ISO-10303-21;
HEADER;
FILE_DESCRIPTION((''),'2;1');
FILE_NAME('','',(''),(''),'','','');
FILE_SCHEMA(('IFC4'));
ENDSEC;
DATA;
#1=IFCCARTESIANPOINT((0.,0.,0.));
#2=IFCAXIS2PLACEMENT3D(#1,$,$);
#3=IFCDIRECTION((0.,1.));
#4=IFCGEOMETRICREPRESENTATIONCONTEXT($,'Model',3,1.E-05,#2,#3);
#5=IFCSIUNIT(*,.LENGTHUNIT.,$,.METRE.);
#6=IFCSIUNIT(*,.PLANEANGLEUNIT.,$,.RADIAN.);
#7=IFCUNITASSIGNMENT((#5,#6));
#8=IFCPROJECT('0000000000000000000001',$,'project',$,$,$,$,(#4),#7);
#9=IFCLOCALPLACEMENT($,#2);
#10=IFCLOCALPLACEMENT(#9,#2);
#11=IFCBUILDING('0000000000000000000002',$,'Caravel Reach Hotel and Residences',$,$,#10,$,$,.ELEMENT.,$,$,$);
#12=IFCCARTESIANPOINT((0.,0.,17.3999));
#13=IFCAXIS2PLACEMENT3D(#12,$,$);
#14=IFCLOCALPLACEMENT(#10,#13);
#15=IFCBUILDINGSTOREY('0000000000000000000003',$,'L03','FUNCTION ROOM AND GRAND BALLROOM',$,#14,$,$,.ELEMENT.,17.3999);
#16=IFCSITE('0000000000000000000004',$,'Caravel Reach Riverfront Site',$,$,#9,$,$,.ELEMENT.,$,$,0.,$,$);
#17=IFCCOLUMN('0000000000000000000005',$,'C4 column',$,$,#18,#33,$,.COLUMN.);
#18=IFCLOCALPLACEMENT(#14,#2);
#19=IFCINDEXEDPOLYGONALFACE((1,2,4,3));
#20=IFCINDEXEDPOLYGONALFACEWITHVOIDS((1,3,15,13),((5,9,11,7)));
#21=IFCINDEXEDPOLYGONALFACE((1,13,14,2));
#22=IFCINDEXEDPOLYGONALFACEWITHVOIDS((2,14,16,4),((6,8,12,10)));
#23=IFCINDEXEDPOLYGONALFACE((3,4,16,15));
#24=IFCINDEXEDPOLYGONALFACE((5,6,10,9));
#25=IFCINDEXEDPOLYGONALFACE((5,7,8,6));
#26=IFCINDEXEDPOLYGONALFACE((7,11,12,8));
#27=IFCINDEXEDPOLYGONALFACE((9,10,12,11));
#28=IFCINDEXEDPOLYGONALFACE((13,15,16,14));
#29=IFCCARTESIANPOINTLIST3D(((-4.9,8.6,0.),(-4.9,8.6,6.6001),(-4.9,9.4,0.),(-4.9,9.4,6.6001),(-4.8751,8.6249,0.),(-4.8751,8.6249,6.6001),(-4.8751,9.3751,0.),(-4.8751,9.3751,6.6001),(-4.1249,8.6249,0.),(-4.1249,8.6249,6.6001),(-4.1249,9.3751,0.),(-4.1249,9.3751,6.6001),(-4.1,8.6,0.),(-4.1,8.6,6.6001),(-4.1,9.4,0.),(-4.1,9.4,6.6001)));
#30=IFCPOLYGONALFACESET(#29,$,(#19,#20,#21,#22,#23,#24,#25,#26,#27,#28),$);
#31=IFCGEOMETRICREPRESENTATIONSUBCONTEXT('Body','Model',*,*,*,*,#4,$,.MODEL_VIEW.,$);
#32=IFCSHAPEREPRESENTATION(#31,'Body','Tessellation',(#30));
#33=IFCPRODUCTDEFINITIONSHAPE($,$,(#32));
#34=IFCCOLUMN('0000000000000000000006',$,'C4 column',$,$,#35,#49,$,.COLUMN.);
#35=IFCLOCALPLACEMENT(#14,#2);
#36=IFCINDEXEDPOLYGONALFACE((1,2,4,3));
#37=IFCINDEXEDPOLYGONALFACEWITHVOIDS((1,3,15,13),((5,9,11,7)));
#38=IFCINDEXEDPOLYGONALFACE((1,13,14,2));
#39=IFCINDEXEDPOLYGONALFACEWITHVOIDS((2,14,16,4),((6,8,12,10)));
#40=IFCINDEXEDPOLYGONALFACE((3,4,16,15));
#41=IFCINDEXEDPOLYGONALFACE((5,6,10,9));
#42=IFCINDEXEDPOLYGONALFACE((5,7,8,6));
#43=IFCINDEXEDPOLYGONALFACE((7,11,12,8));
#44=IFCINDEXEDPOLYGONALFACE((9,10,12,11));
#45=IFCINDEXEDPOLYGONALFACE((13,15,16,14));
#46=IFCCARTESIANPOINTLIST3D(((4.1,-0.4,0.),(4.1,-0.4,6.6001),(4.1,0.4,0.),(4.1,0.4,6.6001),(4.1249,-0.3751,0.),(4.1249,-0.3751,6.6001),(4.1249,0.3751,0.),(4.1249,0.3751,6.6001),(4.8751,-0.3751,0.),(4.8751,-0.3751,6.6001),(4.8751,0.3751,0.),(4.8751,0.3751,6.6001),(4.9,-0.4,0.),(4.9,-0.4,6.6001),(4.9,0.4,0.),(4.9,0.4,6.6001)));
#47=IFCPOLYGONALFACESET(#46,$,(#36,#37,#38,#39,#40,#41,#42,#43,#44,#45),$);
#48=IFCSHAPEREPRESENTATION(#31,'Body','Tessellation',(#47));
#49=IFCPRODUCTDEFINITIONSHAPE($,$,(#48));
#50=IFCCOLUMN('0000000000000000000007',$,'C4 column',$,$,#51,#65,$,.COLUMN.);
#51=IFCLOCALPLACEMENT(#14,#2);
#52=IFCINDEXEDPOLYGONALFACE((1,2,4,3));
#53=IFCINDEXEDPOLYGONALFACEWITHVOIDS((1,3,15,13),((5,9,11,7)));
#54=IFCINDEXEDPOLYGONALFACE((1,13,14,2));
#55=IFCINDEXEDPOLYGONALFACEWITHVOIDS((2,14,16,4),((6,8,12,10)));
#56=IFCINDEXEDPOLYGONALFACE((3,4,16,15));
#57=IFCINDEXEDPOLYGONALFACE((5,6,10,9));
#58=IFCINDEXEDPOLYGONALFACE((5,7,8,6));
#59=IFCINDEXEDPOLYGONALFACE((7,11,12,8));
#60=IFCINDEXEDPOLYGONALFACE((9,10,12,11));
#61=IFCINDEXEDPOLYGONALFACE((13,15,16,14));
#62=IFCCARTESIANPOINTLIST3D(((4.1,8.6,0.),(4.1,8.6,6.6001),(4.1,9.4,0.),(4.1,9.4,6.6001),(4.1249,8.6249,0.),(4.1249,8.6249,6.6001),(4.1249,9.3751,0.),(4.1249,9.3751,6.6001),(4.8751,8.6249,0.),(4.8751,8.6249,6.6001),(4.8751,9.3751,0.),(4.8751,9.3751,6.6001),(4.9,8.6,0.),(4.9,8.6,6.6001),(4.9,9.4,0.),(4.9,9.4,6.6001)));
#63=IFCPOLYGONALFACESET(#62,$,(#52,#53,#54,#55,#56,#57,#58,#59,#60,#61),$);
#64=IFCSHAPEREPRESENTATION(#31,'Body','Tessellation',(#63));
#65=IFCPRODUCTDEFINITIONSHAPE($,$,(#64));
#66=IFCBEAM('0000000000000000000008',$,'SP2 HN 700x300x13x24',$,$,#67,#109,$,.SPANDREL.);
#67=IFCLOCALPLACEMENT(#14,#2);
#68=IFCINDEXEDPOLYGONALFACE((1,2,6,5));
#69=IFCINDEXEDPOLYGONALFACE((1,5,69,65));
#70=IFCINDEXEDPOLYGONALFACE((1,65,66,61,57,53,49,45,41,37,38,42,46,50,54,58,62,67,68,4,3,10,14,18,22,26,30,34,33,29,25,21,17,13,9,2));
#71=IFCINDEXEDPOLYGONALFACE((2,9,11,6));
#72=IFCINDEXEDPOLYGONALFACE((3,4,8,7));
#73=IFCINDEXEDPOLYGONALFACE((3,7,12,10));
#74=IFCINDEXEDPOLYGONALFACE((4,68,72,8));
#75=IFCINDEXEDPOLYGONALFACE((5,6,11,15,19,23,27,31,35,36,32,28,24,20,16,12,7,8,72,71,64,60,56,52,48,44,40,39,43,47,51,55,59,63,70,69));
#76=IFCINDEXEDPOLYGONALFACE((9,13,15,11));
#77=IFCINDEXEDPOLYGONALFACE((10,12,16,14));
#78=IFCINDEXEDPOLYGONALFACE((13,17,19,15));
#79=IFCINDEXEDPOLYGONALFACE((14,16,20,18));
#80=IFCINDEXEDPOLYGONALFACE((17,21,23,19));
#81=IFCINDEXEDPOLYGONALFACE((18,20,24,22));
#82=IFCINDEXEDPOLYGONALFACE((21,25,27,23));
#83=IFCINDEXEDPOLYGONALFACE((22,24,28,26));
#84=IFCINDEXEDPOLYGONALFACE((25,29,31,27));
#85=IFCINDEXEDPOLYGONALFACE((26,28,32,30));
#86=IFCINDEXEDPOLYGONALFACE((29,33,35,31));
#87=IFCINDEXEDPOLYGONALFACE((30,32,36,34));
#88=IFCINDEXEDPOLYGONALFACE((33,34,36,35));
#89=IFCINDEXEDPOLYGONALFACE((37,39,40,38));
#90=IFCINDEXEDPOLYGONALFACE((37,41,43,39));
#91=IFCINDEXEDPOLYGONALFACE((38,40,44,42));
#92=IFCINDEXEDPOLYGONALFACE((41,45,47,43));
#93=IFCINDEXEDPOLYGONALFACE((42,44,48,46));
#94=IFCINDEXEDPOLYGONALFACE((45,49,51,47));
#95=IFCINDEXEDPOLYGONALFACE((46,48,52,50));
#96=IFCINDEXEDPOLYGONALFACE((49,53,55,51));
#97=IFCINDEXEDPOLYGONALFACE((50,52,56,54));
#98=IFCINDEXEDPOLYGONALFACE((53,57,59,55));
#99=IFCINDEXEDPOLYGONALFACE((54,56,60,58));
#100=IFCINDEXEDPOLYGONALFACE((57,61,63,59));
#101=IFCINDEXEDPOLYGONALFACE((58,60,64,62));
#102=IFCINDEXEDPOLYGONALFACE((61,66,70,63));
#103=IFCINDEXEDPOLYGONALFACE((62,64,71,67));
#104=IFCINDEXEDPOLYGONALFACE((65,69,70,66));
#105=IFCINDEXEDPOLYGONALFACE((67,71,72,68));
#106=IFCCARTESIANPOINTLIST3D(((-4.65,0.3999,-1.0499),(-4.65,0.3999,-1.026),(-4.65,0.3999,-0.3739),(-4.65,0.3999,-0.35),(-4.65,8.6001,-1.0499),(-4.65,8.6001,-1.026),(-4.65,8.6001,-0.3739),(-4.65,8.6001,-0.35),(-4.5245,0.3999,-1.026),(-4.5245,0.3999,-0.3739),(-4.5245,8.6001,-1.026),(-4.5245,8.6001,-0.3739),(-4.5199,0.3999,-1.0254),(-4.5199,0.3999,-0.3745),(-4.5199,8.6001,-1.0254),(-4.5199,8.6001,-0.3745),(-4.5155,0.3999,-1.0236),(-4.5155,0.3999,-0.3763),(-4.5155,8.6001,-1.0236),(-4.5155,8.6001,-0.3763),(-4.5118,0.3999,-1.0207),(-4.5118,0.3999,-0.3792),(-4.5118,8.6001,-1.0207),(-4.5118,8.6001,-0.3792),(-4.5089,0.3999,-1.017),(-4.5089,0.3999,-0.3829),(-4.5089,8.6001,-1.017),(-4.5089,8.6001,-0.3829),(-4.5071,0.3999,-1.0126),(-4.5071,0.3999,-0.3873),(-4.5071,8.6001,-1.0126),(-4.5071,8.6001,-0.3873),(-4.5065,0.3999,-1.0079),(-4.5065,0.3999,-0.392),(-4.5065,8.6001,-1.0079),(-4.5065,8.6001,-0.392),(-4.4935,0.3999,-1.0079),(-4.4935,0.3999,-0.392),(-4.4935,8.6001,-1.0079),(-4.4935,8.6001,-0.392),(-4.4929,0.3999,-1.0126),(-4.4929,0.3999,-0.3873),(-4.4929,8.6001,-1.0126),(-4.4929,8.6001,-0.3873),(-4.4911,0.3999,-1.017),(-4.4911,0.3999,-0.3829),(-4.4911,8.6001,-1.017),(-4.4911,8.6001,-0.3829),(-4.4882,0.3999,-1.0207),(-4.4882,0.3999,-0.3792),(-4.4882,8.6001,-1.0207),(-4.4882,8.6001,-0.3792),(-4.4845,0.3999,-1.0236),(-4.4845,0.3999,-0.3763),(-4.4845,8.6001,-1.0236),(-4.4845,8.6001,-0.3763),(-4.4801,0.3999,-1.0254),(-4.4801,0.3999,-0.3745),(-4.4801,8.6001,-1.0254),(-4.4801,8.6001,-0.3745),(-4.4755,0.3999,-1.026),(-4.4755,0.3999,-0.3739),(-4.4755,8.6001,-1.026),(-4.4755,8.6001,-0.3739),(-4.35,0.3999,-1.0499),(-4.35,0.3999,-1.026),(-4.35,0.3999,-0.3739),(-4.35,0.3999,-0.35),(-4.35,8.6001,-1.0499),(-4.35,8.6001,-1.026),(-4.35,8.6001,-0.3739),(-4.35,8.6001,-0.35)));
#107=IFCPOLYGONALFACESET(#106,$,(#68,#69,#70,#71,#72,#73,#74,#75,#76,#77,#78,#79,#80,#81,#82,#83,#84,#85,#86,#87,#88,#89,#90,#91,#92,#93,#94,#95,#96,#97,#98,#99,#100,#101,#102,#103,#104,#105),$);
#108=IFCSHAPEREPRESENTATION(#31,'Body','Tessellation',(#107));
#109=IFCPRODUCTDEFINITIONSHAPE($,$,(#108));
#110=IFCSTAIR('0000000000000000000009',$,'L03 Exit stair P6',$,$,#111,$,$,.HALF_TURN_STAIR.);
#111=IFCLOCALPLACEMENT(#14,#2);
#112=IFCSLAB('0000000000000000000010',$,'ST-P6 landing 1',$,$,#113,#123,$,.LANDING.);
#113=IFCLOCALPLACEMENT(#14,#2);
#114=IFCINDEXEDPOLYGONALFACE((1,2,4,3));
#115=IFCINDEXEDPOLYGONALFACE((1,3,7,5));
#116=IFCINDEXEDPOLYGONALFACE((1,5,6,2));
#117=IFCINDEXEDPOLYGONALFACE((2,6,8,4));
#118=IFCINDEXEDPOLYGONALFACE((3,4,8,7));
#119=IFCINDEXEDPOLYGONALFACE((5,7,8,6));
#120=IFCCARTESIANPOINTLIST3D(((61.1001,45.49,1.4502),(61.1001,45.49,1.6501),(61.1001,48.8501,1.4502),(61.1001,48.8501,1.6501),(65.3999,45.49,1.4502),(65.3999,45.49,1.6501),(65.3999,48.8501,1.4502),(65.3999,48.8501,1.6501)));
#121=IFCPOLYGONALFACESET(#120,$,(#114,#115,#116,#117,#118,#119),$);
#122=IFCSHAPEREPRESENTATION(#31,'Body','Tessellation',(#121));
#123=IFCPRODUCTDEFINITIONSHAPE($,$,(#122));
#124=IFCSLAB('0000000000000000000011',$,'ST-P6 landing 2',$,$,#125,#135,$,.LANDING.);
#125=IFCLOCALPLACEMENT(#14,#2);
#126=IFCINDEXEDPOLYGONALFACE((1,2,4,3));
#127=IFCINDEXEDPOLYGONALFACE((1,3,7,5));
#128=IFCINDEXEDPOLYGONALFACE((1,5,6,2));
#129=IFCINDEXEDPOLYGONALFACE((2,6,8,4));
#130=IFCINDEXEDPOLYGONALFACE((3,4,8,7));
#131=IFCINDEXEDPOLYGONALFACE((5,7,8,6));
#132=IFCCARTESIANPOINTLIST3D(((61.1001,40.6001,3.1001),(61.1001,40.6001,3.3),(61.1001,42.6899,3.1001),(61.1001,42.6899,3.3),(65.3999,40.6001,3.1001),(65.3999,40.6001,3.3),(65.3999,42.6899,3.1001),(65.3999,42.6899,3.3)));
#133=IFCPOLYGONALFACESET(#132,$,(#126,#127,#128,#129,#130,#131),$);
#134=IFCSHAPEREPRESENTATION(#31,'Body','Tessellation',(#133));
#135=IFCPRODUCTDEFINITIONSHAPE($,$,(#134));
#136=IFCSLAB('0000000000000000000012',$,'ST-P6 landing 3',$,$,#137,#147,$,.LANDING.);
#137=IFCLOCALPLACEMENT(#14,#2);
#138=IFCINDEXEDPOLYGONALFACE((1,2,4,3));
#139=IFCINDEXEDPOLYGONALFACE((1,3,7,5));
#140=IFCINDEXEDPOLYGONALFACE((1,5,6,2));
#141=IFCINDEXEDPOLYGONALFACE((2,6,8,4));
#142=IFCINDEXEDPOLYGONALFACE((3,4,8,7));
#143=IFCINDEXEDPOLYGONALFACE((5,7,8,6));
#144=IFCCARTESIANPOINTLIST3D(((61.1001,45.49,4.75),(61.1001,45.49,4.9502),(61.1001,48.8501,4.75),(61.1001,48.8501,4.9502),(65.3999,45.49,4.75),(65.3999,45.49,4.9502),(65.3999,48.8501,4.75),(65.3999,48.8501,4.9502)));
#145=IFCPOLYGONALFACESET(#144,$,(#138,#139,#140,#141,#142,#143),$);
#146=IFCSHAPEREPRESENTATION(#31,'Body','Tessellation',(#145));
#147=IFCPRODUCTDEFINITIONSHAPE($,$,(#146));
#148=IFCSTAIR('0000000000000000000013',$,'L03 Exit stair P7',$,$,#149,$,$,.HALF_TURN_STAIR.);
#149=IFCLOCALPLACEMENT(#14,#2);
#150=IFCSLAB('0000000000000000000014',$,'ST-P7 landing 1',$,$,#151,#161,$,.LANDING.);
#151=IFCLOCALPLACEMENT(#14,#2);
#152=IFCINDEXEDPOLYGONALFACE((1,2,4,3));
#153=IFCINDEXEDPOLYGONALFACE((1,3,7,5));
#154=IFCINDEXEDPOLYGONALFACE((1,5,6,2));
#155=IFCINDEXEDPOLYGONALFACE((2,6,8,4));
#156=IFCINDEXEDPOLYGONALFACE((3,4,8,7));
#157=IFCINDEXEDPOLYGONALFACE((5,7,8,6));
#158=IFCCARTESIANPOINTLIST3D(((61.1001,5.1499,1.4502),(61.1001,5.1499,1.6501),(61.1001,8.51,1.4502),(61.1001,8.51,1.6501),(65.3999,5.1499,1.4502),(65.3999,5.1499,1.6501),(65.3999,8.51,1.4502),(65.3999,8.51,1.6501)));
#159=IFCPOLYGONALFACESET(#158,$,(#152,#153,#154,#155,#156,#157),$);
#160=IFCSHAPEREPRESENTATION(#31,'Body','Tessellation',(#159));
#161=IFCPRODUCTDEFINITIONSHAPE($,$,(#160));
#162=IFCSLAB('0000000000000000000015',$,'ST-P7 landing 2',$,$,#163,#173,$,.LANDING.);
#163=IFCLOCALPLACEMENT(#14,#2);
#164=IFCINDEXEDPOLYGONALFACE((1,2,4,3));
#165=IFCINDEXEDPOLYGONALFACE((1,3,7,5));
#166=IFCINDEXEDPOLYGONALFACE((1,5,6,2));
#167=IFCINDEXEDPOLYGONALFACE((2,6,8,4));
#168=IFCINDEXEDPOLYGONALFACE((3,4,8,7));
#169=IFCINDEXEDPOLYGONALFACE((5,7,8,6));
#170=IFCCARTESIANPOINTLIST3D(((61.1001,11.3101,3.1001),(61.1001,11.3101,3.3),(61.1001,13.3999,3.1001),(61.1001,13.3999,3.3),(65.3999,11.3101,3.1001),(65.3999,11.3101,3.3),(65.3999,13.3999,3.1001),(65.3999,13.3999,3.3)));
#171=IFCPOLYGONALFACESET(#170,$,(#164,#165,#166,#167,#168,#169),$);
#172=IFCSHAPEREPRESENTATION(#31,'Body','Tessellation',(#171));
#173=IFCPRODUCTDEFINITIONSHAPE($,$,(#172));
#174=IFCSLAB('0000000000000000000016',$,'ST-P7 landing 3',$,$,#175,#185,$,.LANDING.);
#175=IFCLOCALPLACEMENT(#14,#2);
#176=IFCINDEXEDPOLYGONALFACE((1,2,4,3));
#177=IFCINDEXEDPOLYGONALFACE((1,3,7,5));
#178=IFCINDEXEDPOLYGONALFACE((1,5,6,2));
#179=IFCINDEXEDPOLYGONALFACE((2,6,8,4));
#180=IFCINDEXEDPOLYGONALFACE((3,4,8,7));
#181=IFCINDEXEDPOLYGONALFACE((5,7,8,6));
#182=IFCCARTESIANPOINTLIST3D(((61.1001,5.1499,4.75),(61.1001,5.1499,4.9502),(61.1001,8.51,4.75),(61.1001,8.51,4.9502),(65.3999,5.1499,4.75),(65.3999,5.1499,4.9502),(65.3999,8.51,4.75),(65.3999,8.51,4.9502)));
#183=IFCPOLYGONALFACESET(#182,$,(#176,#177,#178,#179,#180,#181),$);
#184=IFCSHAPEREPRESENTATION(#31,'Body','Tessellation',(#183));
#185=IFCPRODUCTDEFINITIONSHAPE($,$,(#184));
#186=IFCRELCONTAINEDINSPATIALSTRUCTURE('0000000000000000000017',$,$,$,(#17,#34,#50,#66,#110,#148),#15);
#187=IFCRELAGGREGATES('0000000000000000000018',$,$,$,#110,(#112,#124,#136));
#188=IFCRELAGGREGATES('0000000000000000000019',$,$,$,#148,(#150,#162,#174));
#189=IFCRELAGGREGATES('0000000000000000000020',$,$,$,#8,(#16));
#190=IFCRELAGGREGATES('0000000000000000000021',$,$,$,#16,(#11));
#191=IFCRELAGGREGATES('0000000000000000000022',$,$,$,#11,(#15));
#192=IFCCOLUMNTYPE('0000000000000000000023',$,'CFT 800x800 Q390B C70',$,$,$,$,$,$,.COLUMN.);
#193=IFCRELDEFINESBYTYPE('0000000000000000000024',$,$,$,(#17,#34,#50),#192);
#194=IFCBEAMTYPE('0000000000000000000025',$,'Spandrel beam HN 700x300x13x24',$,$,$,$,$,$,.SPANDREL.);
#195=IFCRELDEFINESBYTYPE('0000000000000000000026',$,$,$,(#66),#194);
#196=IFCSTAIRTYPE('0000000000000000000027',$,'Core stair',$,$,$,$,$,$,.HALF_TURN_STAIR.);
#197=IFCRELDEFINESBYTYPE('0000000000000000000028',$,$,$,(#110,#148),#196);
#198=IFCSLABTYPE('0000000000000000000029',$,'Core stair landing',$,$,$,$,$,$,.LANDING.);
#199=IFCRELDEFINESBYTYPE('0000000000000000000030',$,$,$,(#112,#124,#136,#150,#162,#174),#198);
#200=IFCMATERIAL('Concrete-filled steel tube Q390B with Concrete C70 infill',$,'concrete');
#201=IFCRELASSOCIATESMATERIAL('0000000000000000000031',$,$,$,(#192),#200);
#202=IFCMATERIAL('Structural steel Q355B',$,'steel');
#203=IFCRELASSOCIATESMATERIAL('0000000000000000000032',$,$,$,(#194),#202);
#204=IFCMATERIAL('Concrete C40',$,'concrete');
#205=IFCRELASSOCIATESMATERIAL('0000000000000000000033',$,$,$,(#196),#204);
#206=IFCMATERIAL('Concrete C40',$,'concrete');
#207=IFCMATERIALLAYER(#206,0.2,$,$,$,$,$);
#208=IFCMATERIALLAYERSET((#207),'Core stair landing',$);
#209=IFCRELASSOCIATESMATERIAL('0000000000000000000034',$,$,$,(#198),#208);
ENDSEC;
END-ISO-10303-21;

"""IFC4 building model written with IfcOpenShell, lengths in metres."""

from ifc_helpers import new_model, si_unit, direction, frame, origin, origin_2d, place, context, subcontext, project, spatial, polyline, hollow_rectangle, i_section, outline, extrude, material, layer, layer_set, material_profile, profile_set, type_object, element, aggregate, save


model = new_model("IFC4")

# Units and contexts
model_context = context("Model", 3, precision=1e-05, world=origin(), true_north=direction((0.0, 1.0)))
body_context = subcontext(model_context, "Body", "Model", "MODEL_VIEW")
ifc_project = project(units=[si_unit("LENGTHUNIT", "METRE"), si_unit("PLANEANGLEUNIT", "RADIAN")], contexts=[model_context])

# Site, building, storey
site_placement = place(None, origin())
site = spatial("IfcSite", under=ifc_project, at=site_placement, Name="Caravel Reach Riverfront Site", CompositionType="ELEMENT", RefElevation=0.0)
building_placement = place(site_placement, origin())
building = spatial("IfcBuilding", under=site, at=building_placement, Name="Caravel Reach Hotel and Residences", CompositionType="ELEMENT")
storey_placement = place(building_placement, frame((0.0, 0.0, 17.3999)))
storey = spatial("IfcBuildingStorey", under=building, at=storey_placement, Name="L03", Description="FUNCTION ROOM AND GRAND BALLROOM", CompositionType="ELEMENT", Elevation=17.3999)

# Columns
ifc_material_1 = material(Name="Concrete-filled steel tube Q390B with Concrete C70 infill", Category="concrete")
ifc_material_profile_1 = material_profile(ifc_material_1, hollow_rectangle(XDim=0.8, YDim=0.8, WallThickness=0.0249, at=origin_2d()), Name="RHS 800x800x25")
ifc_profile_set_1 = profile_set([ifc_material_profile_1], Name="Concrete-filled steel tube Q390B with Concrete C70 infill")
column_type = type_object("IfcColumnType", Name="CFT 800x800 Q390B C70", PredefinedType="COLUMN", material=ifc_profile_set_1)
for number, where, z_axis, x_axis, name in (
    (1, (-4.5, 9.0, 0.0), (0.0, 0.0, 1.0), (1.0, 0.0, 0.0), "C4 column"),
    (2, (4.5, 0.0, 0.0), (0.0, 0.0, 1.0), (1.0, 0.0, 0.0), "C4 column"),
    (3, (4.5, 9.0, 0.0), (0.0, 0.0, 1.0), (1.0, 0.0, 0.0), "C4 column"),
):
    element("IfcColumn", number, at=place(storey_placement, frame(where, z_axis=z_axis, x_axis=x_axis)), inside=storey, type_object=column_type, Name=name, PredefinedType="COLUMN", context=body_context, shape_type="SweptSolid", body=[
        extrude(hollow_rectangle(XDim=0.8, YDim=0.8, WallThickness=0.0249, at=origin_2d()), origin(), (0.0, 0.0, 1.0), 6.6001),
    ])

# Beam
ifc_material_2 = material(Name="Structural steel Q355B", Category="steel")
ifc_material_profile_2 = material_profile(ifc_material_2, i_section(OverallWidth=0.3, OverallDepth=0.7, WebThickness=0.0129, FlangeThickness=0.0239, FilletRadius=0.0181, at=origin_2d()), Name="HN 700x300x13x24")
ifc_profile_set_2 = profile_set([ifc_material_profile_2], Name="Structural steel Q355B")
beam_type = type_object("IfcBeamType", Name="Spandrel beam HN 700x300x13x24", PredefinedType="SPANDREL", material=ifc_profile_set_2)
beam_placement = place(storey_placement, frame((-4.5, 8.6001, -0.7), z_axis=(0.0, -1.0, 0.0), x_axis=(1.0, 0.0, 0.0)))
element("IfcBeam", 4, at=beam_placement, inside=storey, type_object=beam_type, Name="SP2 HN 700x300x13x24", PredefinedType="SPANDREL", context=body_context, shape_type="SweptSolid", body=[
    extrude(i_section(OverallWidth=0.3, OverallDepth=0.7, WebThickness=0.0129, FlangeThickness=0.0239, FilletRadius=0.0181, at=origin_2d()), origin(), (0.0, 0.0, 1.0), 8.2002),
])

# Stairs, slabs
ifc_material_3 = material(Name="Concrete C40", Category="concrete")
stair_type = type_object("IfcStairType", Name="Core stair", PredefinedType="HALF_TURN_STAIR", material=ifc_material_3)
stair_1_placement = place(storey_placement, origin())
stair_1 = element("IfcStair", 5, at=stair_1_placement, inside=storey, type_object=stair_type, Name="L03 Exit stair P6", PredefinedType="HALF_TURN_STAIR")
ifc_material_4 = material(Name="Concrete C40", Category="concrete")
ifc_layer_1 = layer(ifc_material_4, 0.2)
ifc_layer_set_1 = layer_set([ifc_layer_1], Name="Core stair landing")
slab_type = type_object("IfcSlabType", Name="Core stair landing", PredefinedType="LANDING", material=ifc_layer_set_1)
slab_1_placement = place(storey_placement, frame((0.0, 0.0, 1.4502)))
slab_1 = element("IfcSlab", 6, at=slab_1_placement, type_object=slab_type, Name="ST-P6 landing 1", PredefinedType="LANDING", context=body_context, shape_type="SweptSolid", body=[
    extrude(outline(polyline([(65.3999, 45.49), (65.3999, 48.8501), (61.1001, 48.8501), (61.1001, 45.49), (65.3999, 45.49)])), origin(), (0.0, 0.0, 1.0), 0.2),
])
slab_2_placement = place(storey_placement, frame((0.0, 0.0, 3.1001)))
slab_2 = element("IfcSlab", 7, at=slab_2_placement, type_object=slab_type, Name="ST-P6 landing 2", PredefinedType="LANDING", context=body_context, shape_type="SweptSolid", body=[
    extrude(outline(polyline([(65.3999, 40.6001), (65.3999, 42.6899), (61.1001, 42.6899), (61.1001, 40.6001), (65.3999, 40.6001)])), origin(), (0.0, 0.0, 1.0), 0.2),
])
slab_3_placement = place(storey_placement, frame((0.0, 0.0, 4.75)))
slab_3 = element("IfcSlab", 8, at=slab_3_placement, type_object=slab_type, Name="ST-P6 landing 3", PredefinedType="LANDING", context=body_context, shape_type="SweptSolid", body=[
    extrude(outline(polyline([(65.3999, 45.49), (65.3999, 48.8501), (61.1001, 48.8501), (61.1001, 45.49), (65.3999, 45.49)])), origin(), (0.0, 0.0, 1.0), 0.2002),
])
aggregate(stair_1, [slab_1, slab_2, slab_3])
stair_2_placement = place(storey_placement, origin())
stair_2 = element("IfcStair", 9, at=stair_2_placement, inside=storey, type_object=stair_type, Name="L03 Exit stair P7", PredefinedType="HALF_TURN_STAIR")
slab_4_placement = place(storey_placement, frame((0.0, 0.0, 1.4502)))
slab_4 = element("IfcSlab", 10, at=slab_4_placement, type_object=slab_type, Name="ST-P7 landing 1", PredefinedType="LANDING", context=body_context, shape_type="SweptSolid", body=[
    extrude(outline(polyline([(61.1001, 8.51), (61.1001, 5.1499), (65.3999, 5.1499), (65.3999, 8.51), (61.1001, 8.51)])), origin(), (0.0, 0.0, 1.0), 0.2),
])
slab_5_placement = place(storey_placement, frame((0.0, 0.0, 3.1001)))
slab_5 = element("IfcSlab", 11, at=slab_5_placement, type_object=slab_type, Name="ST-P7 landing 2", PredefinedType="LANDING", context=body_context, shape_type="SweptSolid", body=[
    extrude(outline(polyline([(61.1001, 13.3999), (61.1001, 11.3101), (65.3999, 11.3101), (65.3999, 13.3999), (61.1001, 13.3999)])), origin(), (0.0, 0.0, 1.0), 0.2),
])
slab_6_placement = place(storey_placement, frame((0.0, 0.0, 4.75)))
slab_6 = element("IfcSlab", 12, at=slab_6_placement, type_object=slab_type, Name="ST-P7 landing 3", PredefinedType="LANDING", context=body_context, shape_type="SweptSolid", body=[
    extrude(outline(polyline([(61.1001, 8.51), (61.1001, 5.1499), (65.3999, 5.1499), (65.3999, 8.51), (61.1001, 8.51)])), origin(), (0.0, 0.0, 1.0), 0.2002),
])
aggregate(stair_2, [slab_4, slab_5, slab_6])

save(model, "model.ifc")
